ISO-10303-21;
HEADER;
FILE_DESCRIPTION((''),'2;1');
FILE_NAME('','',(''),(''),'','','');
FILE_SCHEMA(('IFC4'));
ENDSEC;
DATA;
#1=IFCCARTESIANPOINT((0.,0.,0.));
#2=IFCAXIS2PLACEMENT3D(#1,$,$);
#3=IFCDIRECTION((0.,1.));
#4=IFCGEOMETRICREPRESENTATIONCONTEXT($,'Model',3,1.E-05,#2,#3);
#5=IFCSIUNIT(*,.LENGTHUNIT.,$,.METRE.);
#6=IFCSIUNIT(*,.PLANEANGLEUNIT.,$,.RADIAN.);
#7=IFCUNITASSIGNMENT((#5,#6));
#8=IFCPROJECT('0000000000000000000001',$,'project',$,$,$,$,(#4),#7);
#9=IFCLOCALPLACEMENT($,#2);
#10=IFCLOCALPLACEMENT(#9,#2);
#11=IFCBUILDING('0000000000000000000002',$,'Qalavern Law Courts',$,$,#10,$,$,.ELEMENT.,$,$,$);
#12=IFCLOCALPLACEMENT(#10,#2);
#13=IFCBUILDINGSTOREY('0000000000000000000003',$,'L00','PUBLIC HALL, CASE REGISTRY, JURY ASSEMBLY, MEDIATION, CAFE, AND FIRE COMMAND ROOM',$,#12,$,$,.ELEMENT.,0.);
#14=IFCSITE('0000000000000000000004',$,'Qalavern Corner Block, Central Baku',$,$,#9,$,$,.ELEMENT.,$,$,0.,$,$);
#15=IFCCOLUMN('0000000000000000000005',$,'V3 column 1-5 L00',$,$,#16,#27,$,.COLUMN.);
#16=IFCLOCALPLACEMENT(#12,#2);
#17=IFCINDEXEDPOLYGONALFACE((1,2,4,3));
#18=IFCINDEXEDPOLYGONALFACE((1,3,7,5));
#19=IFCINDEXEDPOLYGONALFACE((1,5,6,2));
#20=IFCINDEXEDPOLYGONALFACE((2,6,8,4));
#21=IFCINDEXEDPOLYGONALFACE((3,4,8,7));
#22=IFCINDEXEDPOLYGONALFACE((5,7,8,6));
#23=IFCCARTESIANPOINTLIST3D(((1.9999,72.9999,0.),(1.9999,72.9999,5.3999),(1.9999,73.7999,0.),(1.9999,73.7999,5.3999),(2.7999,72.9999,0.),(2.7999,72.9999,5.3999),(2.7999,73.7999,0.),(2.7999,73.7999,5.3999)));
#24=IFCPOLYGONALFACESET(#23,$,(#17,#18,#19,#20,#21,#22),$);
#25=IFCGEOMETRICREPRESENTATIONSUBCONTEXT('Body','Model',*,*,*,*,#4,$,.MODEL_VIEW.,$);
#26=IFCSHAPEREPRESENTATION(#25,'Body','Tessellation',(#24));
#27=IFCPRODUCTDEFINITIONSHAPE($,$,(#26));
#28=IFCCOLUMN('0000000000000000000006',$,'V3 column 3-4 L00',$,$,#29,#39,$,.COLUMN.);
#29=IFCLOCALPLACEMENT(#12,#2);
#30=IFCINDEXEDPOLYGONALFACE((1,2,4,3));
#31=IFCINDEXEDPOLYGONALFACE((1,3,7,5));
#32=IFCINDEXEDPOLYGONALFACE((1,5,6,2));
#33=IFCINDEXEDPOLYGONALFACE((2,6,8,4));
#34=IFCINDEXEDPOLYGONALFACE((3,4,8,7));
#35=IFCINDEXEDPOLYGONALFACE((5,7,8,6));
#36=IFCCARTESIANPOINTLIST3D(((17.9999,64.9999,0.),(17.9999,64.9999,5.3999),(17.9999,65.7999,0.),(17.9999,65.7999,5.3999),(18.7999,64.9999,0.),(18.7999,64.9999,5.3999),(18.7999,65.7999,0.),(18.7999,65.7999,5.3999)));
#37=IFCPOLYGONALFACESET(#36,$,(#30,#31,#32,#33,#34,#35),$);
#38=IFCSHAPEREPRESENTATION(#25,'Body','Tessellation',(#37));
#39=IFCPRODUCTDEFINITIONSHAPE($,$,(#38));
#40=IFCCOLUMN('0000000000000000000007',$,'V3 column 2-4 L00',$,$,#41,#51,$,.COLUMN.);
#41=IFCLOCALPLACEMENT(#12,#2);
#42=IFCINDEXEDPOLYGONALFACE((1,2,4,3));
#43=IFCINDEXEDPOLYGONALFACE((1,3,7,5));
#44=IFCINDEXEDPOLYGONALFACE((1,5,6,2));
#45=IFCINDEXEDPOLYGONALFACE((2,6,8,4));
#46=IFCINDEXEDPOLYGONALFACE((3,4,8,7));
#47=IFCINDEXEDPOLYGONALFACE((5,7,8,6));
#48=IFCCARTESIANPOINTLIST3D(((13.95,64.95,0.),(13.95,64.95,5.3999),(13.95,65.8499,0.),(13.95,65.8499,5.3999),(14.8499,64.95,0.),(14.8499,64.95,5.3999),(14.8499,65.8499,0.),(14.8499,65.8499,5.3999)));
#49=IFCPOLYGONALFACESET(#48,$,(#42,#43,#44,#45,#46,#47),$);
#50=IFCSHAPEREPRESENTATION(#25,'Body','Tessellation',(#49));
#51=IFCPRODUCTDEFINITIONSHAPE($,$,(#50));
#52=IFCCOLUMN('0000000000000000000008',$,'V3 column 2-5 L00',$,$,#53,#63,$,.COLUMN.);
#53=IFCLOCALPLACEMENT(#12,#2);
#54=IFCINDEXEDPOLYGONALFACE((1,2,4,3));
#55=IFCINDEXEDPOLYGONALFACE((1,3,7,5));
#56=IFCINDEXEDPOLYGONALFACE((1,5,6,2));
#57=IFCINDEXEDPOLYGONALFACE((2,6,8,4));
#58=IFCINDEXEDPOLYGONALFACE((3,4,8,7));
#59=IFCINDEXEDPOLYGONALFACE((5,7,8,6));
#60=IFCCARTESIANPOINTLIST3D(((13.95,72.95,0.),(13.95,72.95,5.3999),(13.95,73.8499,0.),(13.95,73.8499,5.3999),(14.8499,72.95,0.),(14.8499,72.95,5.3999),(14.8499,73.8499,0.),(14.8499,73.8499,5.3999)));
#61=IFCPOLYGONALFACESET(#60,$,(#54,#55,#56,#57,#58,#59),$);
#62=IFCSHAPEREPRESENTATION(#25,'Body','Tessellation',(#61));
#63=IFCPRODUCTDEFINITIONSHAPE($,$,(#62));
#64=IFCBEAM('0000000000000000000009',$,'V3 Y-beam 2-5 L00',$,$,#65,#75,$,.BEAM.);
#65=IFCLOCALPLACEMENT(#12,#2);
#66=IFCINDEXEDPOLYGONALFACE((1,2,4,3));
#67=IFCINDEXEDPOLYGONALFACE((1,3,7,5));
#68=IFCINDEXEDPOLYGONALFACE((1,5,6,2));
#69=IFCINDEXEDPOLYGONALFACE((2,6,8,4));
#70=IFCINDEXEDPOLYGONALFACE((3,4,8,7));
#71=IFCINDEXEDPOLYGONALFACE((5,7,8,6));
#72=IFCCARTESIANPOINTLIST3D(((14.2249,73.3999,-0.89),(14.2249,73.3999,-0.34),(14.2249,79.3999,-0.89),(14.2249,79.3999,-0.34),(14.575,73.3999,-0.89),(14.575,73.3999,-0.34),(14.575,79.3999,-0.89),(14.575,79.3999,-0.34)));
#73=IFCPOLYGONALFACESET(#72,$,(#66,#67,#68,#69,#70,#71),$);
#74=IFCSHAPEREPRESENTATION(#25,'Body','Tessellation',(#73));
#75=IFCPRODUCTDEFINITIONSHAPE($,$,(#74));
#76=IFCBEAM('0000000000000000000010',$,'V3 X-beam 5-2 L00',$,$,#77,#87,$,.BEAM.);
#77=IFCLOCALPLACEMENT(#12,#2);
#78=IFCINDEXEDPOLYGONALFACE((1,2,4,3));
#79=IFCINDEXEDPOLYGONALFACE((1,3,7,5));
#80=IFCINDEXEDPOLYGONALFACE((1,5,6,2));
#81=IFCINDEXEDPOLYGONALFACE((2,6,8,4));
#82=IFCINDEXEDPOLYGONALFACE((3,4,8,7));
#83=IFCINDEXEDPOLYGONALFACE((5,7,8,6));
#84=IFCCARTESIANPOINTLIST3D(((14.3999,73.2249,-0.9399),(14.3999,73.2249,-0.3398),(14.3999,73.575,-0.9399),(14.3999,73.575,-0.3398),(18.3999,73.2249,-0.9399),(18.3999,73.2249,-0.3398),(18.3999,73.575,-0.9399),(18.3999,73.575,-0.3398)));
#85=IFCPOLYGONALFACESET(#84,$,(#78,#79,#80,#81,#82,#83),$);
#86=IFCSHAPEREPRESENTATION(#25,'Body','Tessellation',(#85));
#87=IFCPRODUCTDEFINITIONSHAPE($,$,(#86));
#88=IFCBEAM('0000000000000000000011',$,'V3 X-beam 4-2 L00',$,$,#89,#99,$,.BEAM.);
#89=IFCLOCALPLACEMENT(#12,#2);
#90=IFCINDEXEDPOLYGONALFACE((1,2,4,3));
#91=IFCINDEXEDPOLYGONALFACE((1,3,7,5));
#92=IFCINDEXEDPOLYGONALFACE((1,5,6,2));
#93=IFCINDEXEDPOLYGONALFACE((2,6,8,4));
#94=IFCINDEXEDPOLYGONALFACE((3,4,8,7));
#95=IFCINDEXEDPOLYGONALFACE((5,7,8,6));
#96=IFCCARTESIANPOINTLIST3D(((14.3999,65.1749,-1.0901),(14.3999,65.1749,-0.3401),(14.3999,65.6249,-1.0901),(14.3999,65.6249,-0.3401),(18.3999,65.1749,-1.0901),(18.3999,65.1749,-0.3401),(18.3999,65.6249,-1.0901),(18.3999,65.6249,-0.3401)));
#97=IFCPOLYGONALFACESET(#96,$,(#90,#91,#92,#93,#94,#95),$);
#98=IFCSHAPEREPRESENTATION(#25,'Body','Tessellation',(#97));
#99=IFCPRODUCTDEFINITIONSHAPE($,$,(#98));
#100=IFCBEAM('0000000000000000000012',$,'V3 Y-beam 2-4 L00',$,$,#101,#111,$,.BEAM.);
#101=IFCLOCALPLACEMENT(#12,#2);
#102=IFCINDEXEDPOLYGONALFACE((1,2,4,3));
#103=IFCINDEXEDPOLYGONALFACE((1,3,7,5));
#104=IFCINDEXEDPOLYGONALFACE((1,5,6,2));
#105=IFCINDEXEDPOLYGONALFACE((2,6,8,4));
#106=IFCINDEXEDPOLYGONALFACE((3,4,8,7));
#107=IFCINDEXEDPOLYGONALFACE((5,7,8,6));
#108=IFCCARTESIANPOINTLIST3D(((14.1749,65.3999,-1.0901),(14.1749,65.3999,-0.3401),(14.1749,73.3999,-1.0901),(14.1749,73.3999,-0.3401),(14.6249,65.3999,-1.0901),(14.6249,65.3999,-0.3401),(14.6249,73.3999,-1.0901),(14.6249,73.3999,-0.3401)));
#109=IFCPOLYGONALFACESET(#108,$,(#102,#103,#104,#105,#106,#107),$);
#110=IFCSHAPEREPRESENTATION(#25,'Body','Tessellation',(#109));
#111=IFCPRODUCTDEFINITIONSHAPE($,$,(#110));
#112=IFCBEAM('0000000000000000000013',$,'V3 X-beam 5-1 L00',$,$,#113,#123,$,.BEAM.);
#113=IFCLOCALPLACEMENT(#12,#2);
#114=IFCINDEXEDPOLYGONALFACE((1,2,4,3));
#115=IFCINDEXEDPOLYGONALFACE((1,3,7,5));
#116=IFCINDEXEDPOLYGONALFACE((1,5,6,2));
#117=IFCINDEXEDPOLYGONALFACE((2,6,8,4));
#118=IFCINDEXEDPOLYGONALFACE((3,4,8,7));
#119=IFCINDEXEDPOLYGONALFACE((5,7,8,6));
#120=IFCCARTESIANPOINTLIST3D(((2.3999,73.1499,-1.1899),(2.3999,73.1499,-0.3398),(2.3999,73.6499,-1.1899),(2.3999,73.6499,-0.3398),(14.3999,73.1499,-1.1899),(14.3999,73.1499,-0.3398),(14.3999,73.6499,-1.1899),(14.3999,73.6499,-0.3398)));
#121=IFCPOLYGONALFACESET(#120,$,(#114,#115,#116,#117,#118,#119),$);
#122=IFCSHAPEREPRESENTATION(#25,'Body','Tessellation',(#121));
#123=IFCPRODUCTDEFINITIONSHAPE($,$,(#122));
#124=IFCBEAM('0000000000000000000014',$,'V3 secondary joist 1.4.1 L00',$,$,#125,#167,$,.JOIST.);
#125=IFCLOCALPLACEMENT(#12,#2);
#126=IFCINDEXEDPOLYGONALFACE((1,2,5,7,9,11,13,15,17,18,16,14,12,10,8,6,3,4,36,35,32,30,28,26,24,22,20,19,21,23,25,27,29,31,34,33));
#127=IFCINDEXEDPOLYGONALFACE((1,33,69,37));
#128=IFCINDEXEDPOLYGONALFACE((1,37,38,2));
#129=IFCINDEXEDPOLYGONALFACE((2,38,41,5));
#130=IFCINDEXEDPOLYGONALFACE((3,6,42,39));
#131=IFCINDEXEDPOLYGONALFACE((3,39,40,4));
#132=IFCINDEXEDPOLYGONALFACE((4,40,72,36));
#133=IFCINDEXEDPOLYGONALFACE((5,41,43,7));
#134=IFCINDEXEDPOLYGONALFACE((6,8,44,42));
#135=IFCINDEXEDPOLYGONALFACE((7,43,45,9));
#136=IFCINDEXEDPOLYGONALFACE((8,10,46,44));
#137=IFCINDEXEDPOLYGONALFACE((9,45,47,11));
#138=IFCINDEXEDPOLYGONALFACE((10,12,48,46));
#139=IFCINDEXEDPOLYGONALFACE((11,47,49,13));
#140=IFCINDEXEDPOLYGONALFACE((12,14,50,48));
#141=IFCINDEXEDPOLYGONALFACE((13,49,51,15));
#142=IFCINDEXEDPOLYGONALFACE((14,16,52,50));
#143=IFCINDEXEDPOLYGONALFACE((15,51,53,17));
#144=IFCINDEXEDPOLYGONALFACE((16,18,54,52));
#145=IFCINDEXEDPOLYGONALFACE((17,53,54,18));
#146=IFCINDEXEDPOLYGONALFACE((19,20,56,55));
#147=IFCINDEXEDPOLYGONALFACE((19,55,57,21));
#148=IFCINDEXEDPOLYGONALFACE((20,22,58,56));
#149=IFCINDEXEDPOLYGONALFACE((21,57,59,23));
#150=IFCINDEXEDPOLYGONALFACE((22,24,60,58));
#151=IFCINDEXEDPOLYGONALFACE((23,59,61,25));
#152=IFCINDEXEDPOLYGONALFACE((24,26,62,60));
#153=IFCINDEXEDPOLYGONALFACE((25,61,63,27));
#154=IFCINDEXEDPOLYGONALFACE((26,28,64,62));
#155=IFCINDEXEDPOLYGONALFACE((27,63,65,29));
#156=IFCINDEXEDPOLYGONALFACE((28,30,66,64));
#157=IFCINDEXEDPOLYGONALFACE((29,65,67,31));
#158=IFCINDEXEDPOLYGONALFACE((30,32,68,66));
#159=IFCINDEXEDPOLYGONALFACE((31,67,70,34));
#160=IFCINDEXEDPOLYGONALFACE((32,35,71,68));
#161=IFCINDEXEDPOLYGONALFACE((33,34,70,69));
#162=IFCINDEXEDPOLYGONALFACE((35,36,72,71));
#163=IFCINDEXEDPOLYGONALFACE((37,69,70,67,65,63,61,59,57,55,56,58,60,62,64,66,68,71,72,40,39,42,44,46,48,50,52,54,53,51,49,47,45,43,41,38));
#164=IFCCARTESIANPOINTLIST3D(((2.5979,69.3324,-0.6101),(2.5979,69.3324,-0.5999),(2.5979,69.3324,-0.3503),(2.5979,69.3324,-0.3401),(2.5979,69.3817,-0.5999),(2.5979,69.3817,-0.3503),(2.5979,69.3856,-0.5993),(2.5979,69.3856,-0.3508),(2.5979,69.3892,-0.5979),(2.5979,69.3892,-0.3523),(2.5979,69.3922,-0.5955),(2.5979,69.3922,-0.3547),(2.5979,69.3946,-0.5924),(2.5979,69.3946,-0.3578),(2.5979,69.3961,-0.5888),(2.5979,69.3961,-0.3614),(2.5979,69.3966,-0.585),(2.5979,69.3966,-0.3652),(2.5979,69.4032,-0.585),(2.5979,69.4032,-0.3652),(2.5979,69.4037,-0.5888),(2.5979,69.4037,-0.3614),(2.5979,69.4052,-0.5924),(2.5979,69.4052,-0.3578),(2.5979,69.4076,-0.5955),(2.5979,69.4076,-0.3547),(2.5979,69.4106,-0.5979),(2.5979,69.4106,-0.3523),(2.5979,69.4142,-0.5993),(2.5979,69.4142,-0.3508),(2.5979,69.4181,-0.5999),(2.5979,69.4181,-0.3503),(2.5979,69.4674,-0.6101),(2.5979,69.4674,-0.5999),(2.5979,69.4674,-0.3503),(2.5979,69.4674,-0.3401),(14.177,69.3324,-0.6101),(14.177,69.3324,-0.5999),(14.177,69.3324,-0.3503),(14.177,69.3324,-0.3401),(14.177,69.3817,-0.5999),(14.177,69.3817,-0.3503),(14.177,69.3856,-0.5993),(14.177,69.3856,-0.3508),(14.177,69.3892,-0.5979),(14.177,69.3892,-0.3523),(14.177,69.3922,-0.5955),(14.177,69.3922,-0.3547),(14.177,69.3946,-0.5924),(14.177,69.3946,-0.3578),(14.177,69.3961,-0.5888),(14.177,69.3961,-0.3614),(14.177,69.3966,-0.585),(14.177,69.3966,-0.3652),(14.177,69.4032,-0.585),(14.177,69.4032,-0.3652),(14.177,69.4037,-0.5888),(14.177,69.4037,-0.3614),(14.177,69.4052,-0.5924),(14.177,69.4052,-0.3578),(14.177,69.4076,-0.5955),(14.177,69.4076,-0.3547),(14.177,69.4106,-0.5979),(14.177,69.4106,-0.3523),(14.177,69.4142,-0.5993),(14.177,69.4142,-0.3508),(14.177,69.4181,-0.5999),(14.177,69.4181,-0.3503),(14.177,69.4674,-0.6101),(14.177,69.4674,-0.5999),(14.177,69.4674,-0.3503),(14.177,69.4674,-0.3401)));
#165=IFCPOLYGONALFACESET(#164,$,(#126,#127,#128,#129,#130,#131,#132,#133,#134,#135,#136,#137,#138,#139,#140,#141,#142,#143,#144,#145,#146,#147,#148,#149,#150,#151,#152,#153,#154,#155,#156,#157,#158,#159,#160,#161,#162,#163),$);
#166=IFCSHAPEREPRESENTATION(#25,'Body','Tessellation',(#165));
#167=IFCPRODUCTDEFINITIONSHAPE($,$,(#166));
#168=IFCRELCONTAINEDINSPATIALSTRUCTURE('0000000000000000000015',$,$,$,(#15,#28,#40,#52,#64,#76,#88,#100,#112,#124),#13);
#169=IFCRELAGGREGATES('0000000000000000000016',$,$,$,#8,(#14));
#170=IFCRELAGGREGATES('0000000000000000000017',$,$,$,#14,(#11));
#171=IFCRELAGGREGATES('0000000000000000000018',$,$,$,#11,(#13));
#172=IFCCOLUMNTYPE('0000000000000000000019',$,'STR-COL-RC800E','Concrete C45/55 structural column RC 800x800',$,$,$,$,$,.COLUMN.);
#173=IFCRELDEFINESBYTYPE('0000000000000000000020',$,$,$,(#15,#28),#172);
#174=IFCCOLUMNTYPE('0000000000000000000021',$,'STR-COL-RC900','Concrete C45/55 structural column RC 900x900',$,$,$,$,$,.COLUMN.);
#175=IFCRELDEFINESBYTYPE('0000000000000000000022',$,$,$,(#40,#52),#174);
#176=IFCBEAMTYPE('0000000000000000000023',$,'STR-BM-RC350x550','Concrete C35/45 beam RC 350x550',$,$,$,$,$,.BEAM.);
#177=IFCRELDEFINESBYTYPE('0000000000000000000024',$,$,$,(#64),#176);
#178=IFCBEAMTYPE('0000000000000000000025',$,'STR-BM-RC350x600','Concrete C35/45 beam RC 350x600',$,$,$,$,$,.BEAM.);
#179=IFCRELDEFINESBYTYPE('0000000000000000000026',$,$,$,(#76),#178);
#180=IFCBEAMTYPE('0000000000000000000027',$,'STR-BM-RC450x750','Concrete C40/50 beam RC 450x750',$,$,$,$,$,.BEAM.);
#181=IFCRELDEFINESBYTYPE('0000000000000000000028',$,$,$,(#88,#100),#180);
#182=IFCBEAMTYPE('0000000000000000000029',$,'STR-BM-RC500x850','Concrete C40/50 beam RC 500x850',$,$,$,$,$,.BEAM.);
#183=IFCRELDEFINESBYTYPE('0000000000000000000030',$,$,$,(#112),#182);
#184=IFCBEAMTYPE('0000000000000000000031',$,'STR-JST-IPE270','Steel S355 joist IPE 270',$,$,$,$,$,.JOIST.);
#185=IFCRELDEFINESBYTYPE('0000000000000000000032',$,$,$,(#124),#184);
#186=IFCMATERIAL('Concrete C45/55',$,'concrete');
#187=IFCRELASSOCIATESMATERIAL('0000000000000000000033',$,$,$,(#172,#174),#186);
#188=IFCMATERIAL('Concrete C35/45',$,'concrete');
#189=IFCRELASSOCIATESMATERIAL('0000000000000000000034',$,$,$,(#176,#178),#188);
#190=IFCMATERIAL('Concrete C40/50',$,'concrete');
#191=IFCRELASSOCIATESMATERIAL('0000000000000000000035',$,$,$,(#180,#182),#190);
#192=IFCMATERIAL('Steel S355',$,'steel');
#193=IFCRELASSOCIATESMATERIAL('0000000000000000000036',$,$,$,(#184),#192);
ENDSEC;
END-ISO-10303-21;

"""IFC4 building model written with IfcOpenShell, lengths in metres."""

from ifc_helpers import new_model, si_unit, direction, frame, origin, origin_2d, place, context, subcontext, project, spatial, rectangle, i_section, extrude, material, material_profile, profile_set, type_object, element, save


model = new_model("IFC4")

# Units and contexts
model_context = context("Model", 3, precision=1e-05, world=origin(), true_north=direction((0.0, 1.0)))
body_context = subcontext(model_context, "Body", "Model", "MODEL_VIEW")
ifc_project = project(units=[si_unit("LENGTHUNIT", "METRE"), si_unit("PLANEANGLEUNIT", "RADIAN")], contexts=[model_context])

# Site, building, storey
site_placement = place(None, origin())
site = spatial("IfcSite", under=ifc_project, at=site_placement, Name="Qalavern Corner Block, Central Baku", CompositionType="ELEMENT", RefElevation=0.0)
building_placement = place(site_placement, origin())
building = spatial("IfcBuilding", under=site, at=building_placement, Name="Qalavern Law Courts", CompositionType="ELEMENT")
storey_placement = place(building_placement, origin())
storey = spatial("IfcBuildingStorey", under=building, at=storey_placement, Name="L00", Description="PUBLIC HALL, CASE REGISTRY, JURY ASSEMBLY, MEDIATION, CAFE, AND FIRE COMMAND ROOM", CompositionType="ELEMENT", Elevation=0.0)

# Columns
ifc_material_1 = material(Name="Concrete C45/55", Category="concrete")
ifc_material_profile_1 = material_profile(ifc_material_1, rectangle(XDim=0.8, YDim=0.8, at=origin_2d()), Name="RC 800x800")
ifc_profile_set_1 = profile_set([ifc_material_profile_1], Name="Concrete C45/55")
column_type_1 = type_object("IfcColumnType", Name="STR-COL-RC800E", Description="Concrete C45/55 structural column RC 800x800", PredefinedType="COLUMN", material=ifc_profile_set_1)
for number, where, z_axis, x_axis, name in (
    (1, (2.3999, 73.3999, 0.0), (0.0, 0.0, 1.0), (1.0, 0.0, 0.0), "V3 column 1-5 L00"),
    (2, (18.3999, 65.3999, 0.0), (0.0, 0.0, 1.0), (1.0, 0.0, 0.0), "V3 column 3-4 L00"),
):
    element("IfcColumn", number, at=place(storey_placement, frame(where, z_axis=z_axis, x_axis=x_axis)), inside=storey, type_object=column_type_1, Name=name, PredefinedType="COLUMN", context=body_context, shape_type="SweptSolid", body=[
        extrude(rectangle(XDim=0.8, YDim=0.8, at=origin_2d()), origin(), (0.0, 0.0, 1.0), 5.3999),
    ])
ifc_material_profile_2 = material_profile(ifc_material_1, rectangle(XDim=0.8999, YDim=0.8999, at=origin_2d()), Name="RC 900x900")
ifc_profile_set_2 = profile_set([ifc_material_profile_2], Name="Concrete C45/55")
column_type_2 = type_object("IfcColumnType", Name="STR-COL-RC900", Description="Concrete C45/55 structural column RC 900x900", PredefinedType="COLUMN", material=ifc_profile_set_2)
for number, where, z_axis, x_axis, name in (
    (3, (14.3999, 65.3999, 0.0), (0.0, 0.0, 1.0), (1.0, 0.0, 0.0), "V3 column 2-4 L00"),
    (4, (14.3999, 73.3999, 0.0), (0.0, 0.0, 1.0), (1.0, 0.0, 0.0), "V3 column 2-5 L00"),
):
    element("IfcColumn", number, at=place(storey_placement, frame(where, z_axis=z_axis, x_axis=x_axis)), inside=storey, type_object=column_type_2, Name=name, PredefinedType="COLUMN", context=body_context, shape_type="SweptSolid", body=[
        extrude(rectangle(XDim=0.8999, YDim=0.8999, at=origin_2d()), origin(), (0.0, 0.0, 1.0), 5.3999),
    ])

# Beams
ifc_material_2 = material(Name="Concrete C35/45", Category="concrete")
ifc_material_profile_3 = material_profile(ifc_material_2, rectangle(XDim=0.3501, YDim=0.55, at=origin_2d()), Name="RC 350x550")
ifc_profile_set_3 = profile_set([ifc_material_profile_3], Name="Concrete C35/45")
beam_type_1 = type_object("IfcBeamType", Name="STR-BM-RC350x550", Description="Concrete C35/45 beam RC 350x550", PredefinedType="BEAM", material=ifc_profile_set_3)
beam_1_placement = place(storey_placement, frame((14.3999, 73.3999, -0.615), z_axis=(0.0, 1.0, 0.0), x_axis=(-1.0, 0.0, 0.0)))
element("IfcBeam", 5, at=beam_1_placement, inside=storey, type_object=beam_type_1, Name="V3 Y-beam 2-5 L00", PredefinedType="BEAM", context=body_context, shape_type="SweptSolid", body=[
    extrude(rectangle(XDim=0.3501, YDim=0.55, at=origin_2d()), origin(), (0.0, 0.0, 1.0), 6.0),
])
ifc_material_profile_4 = material_profile(ifc_material_2, rectangle(XDim=0.3501, YDim=0.6001, at=origin_2d()), Name="RC 350x600")
ifc_profile_set_4 = profile_set([ifc_material_profile_4], Name="Concrete C35/45")
beam_type_2 = type_object("IfcBeamType", Name="STR-BM-RC350x600", Description="Concrete C35/45 beam RC 350x600", PredefinedType="BEAM", material=ifc_profile_set_4)
beam_2_placement = place(storey_placement, frame((14.3999, 73.3999, -0.6399), z_axis=(1.0, 0.0, 0.0), x_axis=(0.0, 1.0, 0.0)))
element("IfcBeam", 6, at=beam_2_placement, inside=storey, type_object=beam_type_2, Name="V3 X-beam 5-2 L00", PredefinedType="BEAM", context=body_context, shape_type="SweptSolid", body=[
    extrude(rectangle(XDim=0.3501, YDim=0.6001, at=origin_2d()), origin(), (0.0, 0.0, 1.0), 4.0),
])
ifc_material_3 = material(Name="Concrete C40/50", Category="concrete")
ifc_material_profile_5 = material_profile(ifc_material_3, rectangle(XDim=0.45, YDim=0.75, at=origin_2d()), Name="RC 450x750")
ifc_profile_set_5 = profile_set([ifc_material_profile_5], Name="Concrete C40/50")
beam_type_3 = type_object("IfcBeamType", Name="STR-BM-RC450x750", Description="Concrete C40/50 beam RC 450x750", PredefinedType="BEAM", material=ifc_profile_set_5)
beam_3_placement = place(storey_placement, frame((14.3999, 65.3999, -0.7151), z_axis=(1.0, 0.0, 0.0), x_axis=(0.0, 1.0, 0.0)))
element("IfcBeam", 7, at=beam_3_placement, inside=storey, type_object=beam_type_3, Name="V3 X-beam 4-2 L00", PredefinedType="BEAM", context=body_context, shape_type="SweptSolid", body=[
    extrude(rectangle(XDim=0.45, YDim=0.75, at=origin_2d()), origin(), (0.0, 0.0, 1.0), 4.0),
])
beam_4_placement = place(storey_placement, frame((14.3999, 65.3999, -0.7151), z_axis=(0.0, 1.0, 0.0), x_axis=(-1.0, 0.0, 0.0)))
element("IfcBeam", 8, at=beam_4_placement, inside=storey, type_object=beam_type_3, Name="V3 Y-beam 2-4 L00", PredefinedType="BEAM", context=body_context, shape_type="SweptSolid", body=[
    extrude(rectangle(XDim=0.45, YDim=0.75, at=origin_2d()), origin(), (0.0, 0.0, 1.0), 8.0),
])
ifc_material_profile_6 = material_profile(ifc_material_3, rectangle(XDim=0.5, YDim=0.8501, at=origin_2d()), Name="RC 500x850")
ifc_profile_set_6 = profile_set([ifc_material_profile_6], Name="Concrete C40/50")
beam_type_4 = type_object("IfcBeamType", Name="STR-BM-RC500x850", Description="Concrete C40/50 beam RC 500x850", PredefinedType="BEAM", material=ifc_profile_set_6)
beam_5_placement = place(storey_placement, frame((2.3999, 73.3999, -0.7649), z_axis=(1.0, 0.0, 0.0), x_axis=(0.0, 1.0, 0.0)))
element("IfcBeam", 9, at=beam_5_placement, inside=storey, type_object=beam_type_4, Name="V3 X-beam 5-1 L00", PredefinedType="BEAM", context=body_context, shape_type="SweptSolid", body=[
    extrude(rectangle(XDim=0.5, YDim=0.8501, at=origin_2d()), origin(), (0.0, 0.0, 1.0), 12.0),
])
ifc_material_4 = material(Name="Steel S355", Category="steel")
ifc_material_profile_7 = material_profile(ifc_material_4, i_section(OverallWidth=0.135, OverallDepth=0.27, WebThickness=0.0066, FlangeThickness=0.0103, FilletRadius=0.0149, at=origin_2d()), Name="IPE 270")
ifc_profile_set_7 = profile_set([ifc_material_profile_7], Name="Steel S355")
beam_type_5 = type_object("IfcBeamType", Name="STR-JST-IPE270", Description="Steel S355 joist IPE 270", PredefinedType="JOIST", material=ifc_profile_set_7)
beam_6_placement = place(storey_placement, frame((2.5979, 69.3999, -0.4751), z_axis=(1.0, 0.0, 0.0), x_axis=(0.0, 1.0, 0.0)))
element("IfcBeam", 10, at=beam_6_placement, inside=storey, type_object=beam_type_5, Name="V3 secondary joist 1.4.1 L00", PredefinedType="JOIST", context=body_context, shape_type="SweptSolid", body=[
    extrude(i_section(OverallWidth=0.135, OverallDepth=0.27, WebThickness=0.0066, FlangeThickness=0.0103, FilletRadius=0.0149, at=origin_2d()), origin(), (0.0, 0.0, 1.0), 11.5791),
])

save(model, "model.ifc")
